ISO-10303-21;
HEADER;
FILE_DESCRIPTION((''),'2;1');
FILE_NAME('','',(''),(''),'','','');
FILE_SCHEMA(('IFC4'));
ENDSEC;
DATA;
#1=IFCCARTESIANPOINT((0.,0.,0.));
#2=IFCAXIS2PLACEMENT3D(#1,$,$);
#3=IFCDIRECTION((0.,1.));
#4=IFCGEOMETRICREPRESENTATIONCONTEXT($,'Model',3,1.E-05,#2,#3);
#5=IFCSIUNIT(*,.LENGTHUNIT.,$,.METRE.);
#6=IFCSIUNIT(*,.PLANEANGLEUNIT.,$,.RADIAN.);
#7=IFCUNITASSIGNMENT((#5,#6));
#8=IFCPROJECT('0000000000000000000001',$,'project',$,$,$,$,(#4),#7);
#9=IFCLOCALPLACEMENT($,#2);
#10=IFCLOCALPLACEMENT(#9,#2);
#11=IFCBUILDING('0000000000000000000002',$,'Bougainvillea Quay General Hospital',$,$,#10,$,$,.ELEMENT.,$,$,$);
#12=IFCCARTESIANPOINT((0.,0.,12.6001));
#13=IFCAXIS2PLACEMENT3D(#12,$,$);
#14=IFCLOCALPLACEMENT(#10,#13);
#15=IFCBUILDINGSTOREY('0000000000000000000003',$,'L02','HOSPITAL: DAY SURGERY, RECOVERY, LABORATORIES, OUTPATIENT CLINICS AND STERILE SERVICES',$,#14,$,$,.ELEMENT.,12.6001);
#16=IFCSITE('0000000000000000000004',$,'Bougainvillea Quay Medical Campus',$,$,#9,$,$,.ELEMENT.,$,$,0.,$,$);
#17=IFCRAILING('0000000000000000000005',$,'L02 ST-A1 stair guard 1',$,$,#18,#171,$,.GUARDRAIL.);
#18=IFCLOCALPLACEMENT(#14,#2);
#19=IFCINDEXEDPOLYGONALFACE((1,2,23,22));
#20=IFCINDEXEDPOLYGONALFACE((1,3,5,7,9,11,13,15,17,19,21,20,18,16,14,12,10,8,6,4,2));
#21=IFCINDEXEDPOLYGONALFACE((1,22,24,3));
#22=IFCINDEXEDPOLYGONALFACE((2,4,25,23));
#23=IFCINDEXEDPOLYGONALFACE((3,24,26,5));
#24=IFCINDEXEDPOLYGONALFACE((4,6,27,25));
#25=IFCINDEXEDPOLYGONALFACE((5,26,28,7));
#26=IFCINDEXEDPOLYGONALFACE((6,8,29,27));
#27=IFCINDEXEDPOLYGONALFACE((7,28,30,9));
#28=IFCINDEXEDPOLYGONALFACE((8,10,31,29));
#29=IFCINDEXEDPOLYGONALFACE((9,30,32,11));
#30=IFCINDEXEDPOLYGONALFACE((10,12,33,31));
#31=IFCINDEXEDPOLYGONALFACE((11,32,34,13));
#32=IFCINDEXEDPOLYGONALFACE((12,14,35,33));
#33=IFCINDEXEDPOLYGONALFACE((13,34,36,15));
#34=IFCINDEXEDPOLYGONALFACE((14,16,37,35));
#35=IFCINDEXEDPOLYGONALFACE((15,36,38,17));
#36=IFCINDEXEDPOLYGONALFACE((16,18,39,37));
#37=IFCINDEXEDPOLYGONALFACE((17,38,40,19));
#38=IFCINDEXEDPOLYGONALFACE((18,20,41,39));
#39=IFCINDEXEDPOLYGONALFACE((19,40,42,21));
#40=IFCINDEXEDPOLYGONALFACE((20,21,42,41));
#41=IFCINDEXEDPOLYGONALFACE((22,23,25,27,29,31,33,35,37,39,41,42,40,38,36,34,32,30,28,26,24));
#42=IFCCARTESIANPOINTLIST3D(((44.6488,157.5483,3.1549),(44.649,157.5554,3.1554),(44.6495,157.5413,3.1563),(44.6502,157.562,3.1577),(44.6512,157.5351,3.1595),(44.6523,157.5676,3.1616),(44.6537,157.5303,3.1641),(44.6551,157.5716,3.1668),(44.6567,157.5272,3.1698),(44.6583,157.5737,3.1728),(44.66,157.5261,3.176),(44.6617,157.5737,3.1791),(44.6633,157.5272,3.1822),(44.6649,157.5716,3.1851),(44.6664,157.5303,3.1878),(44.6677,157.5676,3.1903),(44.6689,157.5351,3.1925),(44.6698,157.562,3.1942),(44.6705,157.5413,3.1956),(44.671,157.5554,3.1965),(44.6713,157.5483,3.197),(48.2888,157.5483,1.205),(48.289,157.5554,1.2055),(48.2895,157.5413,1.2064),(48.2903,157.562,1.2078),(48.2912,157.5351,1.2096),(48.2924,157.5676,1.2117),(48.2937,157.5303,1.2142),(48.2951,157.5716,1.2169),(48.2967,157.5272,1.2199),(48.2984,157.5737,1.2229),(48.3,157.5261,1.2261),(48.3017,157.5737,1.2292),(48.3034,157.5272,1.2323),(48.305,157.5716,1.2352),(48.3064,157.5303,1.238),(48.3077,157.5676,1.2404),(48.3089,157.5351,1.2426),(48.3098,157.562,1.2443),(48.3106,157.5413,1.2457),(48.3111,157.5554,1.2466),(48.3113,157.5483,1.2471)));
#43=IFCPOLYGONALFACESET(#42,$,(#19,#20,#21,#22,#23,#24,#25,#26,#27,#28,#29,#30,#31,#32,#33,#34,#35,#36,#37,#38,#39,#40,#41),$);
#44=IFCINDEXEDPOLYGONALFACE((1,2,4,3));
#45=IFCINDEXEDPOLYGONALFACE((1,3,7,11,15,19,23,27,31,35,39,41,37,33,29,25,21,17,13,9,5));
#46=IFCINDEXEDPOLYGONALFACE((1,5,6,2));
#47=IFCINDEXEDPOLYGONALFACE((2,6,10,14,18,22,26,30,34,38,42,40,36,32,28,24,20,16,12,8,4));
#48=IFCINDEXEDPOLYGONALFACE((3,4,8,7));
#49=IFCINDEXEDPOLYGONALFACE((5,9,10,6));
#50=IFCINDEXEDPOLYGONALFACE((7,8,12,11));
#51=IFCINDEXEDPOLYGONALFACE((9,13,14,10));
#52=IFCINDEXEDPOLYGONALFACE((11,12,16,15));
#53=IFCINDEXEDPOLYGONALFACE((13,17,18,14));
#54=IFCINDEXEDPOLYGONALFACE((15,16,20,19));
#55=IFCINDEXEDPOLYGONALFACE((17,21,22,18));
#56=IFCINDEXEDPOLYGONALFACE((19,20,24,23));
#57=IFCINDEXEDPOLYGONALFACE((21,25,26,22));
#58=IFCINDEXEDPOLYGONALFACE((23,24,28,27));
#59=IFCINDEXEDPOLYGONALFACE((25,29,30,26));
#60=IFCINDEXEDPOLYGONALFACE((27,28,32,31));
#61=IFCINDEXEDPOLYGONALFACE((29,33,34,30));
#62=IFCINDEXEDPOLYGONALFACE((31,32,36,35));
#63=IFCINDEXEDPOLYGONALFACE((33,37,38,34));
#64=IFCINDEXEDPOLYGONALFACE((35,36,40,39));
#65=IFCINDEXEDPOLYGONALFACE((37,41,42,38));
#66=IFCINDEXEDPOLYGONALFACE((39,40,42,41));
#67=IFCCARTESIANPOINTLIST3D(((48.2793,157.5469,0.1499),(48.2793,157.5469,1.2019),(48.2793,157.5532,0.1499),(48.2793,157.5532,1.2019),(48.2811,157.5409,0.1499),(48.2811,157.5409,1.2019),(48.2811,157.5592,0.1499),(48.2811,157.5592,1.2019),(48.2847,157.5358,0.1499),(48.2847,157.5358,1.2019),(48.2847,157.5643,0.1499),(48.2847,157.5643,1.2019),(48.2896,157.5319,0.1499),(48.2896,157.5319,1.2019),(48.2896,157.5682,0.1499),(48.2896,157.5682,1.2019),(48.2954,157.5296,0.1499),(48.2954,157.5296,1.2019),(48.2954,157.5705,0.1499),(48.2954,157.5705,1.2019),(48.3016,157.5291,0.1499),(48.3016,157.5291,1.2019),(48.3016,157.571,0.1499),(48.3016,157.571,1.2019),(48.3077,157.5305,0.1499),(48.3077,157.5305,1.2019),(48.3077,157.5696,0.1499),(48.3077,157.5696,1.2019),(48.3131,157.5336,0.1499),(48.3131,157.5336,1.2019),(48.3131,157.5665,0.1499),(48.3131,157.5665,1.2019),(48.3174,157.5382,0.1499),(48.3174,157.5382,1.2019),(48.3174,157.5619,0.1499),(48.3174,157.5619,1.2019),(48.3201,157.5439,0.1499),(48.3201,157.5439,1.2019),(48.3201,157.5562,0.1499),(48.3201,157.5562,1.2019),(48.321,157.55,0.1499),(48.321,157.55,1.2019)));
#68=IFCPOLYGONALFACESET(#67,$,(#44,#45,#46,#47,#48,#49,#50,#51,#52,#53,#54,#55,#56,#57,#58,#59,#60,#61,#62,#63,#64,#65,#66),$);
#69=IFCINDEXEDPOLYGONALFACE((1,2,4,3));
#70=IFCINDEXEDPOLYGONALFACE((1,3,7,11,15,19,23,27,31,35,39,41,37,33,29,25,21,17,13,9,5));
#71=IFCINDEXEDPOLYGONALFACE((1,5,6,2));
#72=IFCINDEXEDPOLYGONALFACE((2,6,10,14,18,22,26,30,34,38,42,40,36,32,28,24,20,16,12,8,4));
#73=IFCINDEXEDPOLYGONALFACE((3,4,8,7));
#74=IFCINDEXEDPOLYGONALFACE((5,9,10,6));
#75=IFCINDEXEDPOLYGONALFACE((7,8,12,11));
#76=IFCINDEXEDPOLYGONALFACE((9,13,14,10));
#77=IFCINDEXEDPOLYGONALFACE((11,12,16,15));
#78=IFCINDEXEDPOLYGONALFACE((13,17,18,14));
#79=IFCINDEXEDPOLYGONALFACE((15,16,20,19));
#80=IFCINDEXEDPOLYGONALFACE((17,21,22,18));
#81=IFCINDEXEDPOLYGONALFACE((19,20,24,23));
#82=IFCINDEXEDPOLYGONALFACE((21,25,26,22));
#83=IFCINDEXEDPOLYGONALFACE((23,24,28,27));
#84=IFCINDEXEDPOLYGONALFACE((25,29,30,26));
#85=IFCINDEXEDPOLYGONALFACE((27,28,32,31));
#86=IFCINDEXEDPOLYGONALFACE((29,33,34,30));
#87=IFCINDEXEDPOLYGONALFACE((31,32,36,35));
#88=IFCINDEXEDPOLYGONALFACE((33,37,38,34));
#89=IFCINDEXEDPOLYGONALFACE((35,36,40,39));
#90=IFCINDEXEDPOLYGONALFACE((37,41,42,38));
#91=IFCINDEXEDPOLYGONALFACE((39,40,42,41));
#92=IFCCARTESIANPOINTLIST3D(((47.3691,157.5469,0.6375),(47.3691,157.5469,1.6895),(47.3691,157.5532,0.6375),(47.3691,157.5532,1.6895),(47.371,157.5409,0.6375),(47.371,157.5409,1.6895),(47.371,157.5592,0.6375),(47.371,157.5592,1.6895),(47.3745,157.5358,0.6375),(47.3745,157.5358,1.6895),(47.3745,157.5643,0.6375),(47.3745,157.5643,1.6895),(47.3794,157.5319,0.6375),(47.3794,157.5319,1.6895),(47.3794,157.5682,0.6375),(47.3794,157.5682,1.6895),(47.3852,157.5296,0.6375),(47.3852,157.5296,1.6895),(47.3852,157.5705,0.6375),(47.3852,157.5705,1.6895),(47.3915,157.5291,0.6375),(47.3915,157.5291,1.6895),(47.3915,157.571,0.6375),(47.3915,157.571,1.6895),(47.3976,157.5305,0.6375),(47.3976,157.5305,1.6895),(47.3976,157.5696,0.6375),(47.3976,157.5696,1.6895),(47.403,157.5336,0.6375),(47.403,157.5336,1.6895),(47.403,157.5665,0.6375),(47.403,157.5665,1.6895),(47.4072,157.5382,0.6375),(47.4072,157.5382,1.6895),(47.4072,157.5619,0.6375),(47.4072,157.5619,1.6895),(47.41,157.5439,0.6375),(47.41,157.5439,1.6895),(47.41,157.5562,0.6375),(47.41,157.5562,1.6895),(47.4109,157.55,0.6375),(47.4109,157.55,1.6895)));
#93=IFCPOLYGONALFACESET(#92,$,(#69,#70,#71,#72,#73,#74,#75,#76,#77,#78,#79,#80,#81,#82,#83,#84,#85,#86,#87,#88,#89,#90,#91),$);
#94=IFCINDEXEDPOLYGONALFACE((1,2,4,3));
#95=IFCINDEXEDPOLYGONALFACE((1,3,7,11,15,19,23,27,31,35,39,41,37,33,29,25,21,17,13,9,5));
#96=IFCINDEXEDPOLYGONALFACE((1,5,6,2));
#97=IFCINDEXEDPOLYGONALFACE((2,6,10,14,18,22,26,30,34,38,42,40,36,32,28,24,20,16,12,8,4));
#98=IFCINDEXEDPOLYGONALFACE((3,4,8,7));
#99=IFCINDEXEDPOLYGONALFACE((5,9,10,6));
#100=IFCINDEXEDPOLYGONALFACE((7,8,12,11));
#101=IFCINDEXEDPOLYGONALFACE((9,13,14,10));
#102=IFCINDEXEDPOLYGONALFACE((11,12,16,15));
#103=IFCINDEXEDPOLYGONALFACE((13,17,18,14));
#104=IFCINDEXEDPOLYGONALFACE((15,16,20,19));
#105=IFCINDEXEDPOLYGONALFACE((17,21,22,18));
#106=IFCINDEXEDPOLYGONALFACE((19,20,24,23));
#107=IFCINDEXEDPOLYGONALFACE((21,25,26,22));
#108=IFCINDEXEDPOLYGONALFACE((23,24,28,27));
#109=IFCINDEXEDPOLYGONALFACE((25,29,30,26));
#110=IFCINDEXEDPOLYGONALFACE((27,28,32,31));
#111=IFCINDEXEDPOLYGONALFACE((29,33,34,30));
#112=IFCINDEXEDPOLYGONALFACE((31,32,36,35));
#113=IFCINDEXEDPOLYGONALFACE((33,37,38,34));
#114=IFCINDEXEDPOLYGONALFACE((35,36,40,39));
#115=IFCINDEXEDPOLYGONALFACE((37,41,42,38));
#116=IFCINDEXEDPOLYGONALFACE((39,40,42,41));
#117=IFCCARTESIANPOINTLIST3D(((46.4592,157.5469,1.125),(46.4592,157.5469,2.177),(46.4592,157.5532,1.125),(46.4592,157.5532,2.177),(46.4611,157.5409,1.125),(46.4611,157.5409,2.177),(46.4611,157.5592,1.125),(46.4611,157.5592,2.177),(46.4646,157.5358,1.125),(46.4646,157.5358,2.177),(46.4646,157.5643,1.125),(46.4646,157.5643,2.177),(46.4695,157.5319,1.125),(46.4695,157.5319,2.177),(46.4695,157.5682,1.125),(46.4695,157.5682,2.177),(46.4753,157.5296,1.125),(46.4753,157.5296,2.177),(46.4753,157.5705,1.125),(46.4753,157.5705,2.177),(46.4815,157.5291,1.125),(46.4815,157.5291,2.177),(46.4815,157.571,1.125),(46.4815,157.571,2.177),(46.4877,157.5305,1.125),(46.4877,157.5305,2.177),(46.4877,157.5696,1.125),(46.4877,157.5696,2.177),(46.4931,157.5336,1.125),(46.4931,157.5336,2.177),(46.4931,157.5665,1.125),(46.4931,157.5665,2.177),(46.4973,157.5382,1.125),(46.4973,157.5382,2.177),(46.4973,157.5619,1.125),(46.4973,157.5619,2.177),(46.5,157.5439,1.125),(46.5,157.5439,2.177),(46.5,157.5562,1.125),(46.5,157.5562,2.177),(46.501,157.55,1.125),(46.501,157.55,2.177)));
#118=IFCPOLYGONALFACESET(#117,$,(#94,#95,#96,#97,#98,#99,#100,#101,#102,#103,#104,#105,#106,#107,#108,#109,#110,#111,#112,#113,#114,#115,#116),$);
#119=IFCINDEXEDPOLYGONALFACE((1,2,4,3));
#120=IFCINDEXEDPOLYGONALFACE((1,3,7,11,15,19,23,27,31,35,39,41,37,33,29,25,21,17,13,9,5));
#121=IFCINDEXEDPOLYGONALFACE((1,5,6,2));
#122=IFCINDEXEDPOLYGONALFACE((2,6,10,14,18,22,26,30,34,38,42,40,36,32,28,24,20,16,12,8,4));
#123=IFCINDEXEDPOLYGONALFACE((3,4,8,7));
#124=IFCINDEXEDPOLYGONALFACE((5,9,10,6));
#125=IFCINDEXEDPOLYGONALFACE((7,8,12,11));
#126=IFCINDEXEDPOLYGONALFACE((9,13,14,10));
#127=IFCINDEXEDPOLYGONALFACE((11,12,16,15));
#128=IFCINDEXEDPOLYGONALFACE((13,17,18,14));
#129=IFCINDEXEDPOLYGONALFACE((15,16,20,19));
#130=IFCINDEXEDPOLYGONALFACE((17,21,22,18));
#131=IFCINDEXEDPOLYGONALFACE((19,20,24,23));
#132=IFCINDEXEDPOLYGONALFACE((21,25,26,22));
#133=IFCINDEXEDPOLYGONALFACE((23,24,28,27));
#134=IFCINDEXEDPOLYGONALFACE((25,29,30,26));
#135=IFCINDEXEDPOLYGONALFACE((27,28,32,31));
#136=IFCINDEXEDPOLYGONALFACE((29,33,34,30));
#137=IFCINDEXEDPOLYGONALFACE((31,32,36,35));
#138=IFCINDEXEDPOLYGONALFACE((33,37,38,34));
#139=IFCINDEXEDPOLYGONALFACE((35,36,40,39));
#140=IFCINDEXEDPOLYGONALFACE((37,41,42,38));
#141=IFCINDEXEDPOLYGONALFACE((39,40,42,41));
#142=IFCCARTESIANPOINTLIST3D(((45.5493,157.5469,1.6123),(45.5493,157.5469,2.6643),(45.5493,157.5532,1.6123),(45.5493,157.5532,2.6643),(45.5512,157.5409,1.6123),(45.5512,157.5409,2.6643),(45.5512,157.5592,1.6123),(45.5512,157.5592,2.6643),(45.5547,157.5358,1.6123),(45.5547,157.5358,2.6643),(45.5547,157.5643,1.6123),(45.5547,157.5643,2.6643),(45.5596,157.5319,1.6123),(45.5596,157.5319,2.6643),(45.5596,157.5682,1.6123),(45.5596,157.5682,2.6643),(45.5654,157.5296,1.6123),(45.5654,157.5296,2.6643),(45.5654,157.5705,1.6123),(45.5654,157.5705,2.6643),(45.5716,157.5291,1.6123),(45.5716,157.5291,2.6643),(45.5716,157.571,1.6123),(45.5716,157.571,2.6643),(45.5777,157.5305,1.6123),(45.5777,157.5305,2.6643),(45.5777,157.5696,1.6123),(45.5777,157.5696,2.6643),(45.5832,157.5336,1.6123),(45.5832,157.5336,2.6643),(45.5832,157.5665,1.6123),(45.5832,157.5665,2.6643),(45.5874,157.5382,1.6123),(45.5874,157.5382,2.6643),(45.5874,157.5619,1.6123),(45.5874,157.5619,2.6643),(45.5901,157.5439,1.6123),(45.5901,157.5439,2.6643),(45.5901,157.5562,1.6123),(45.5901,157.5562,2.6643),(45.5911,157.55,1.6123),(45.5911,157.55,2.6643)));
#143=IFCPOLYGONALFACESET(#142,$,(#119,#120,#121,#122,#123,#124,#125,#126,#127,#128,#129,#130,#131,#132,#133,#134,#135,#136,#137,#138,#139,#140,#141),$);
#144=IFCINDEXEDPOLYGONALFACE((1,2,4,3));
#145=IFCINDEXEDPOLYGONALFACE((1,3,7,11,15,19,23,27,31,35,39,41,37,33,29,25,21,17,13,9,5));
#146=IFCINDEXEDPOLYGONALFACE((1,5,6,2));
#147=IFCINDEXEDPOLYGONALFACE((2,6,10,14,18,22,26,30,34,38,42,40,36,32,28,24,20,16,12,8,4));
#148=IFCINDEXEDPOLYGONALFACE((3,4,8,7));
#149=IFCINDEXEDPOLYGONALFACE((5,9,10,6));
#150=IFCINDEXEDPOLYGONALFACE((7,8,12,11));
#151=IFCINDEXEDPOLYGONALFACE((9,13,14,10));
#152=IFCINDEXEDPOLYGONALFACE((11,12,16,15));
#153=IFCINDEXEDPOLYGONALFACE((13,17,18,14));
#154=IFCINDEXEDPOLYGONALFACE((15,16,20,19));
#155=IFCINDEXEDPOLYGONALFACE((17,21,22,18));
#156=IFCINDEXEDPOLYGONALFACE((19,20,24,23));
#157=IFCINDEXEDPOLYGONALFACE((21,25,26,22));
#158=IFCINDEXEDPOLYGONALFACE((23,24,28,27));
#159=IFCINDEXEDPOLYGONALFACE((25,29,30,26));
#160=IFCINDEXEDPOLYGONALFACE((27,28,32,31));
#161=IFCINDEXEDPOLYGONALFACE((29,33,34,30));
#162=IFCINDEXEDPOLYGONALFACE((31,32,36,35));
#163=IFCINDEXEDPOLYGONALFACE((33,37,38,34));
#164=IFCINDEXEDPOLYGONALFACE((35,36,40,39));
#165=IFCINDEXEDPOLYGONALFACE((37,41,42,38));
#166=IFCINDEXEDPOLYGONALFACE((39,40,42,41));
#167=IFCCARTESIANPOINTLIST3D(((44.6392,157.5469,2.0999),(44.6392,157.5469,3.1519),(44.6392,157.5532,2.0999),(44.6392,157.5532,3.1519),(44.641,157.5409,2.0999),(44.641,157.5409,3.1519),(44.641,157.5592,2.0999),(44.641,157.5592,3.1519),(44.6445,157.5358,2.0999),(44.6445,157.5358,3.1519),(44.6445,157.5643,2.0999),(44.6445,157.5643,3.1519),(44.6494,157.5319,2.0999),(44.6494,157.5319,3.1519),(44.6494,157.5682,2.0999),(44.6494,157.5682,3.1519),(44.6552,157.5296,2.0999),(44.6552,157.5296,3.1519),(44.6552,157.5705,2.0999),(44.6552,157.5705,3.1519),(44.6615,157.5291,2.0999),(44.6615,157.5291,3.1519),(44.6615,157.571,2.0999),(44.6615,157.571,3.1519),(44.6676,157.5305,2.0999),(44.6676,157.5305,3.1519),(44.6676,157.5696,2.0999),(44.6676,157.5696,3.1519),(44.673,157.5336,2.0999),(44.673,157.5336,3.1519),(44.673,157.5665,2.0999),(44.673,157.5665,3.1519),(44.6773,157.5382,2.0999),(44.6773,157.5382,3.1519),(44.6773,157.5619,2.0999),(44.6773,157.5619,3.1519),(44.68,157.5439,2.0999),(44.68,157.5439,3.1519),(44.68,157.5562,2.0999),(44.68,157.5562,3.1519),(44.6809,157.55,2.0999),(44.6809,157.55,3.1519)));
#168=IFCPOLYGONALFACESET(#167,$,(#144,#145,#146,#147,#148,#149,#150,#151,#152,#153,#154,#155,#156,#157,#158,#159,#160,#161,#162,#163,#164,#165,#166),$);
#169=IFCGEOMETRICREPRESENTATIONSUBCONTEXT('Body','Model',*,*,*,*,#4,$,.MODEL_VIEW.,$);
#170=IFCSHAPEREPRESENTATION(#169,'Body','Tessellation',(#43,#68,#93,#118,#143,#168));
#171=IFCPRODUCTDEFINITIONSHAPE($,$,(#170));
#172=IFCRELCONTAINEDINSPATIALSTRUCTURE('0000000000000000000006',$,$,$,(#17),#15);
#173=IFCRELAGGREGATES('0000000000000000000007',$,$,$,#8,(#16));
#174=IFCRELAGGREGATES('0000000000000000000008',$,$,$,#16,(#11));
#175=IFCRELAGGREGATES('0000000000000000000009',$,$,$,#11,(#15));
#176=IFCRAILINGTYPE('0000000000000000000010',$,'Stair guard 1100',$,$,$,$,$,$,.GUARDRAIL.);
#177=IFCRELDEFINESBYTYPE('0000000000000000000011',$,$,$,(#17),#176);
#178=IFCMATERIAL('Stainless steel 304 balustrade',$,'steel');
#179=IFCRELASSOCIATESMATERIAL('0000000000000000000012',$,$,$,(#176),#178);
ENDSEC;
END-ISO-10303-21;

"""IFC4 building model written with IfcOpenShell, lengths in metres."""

from ifc_helpers import new_model, si_unit, direction, frame, origin, origin_2d, place, context, subcontext, project, spatial, circle, extrude, material, type_object, element, save


model = new_model("IFC4")

# Units and contexts
model_context = context("Model", 3, precision=1e-05, world=origin(), true_north=direction((0.0, 1.0)))
body_context = subcontext(model_context, "Body", "Model", "MODEL_VIEW")
ifc_project = project(units=[si_unit("LENGTHUNIT", "METRE"), si_unit("PLANEANGLEUNIT", "RADIAN")], contexts=[model_context])

# Site, building, storey
site_placement = place(None, origin())
site = spatial("IfcSite", under=ifc_project, at=site_placement, Name="Bougainvillea Quay Medical Campus", CompositionType="ELEMENT", RefElevation=0.0)
building_placement = place(site_placement, origin())
building = spatial("IfcBuilding", under=site, at=building_placement, Name="Bougainvillea Quay General Hospital", CompositionType="ELEMENT")
storey_placement = place(building_placement, frame((0.0, 0.0, 12.6001)))
storey = spatial("IfcBuildingStorey", under=building, at=storey_placement, Name="L02", Description="HOSPITAL: DAY SURGERY, RECOVERY, LABORATORIES, OUTPATIENT CLINICS AND STERILE SERVICES", CompositionType="ELEMENT", Elevation=12.6001)

# Railing
ifc_material_1 = material(Name="Stainless steel 304 balustrade", Category="steel")
railing_type_1 = type_object("IfcRailingType", Name="Stair guard 1100", PredefinedType="GUARDRAIL", material=ifc_material_1)
railing_1_placement = place(storey_placement, frame((48.3, 157.55, 0.1499)))
element("IfcRailing", 1, at=railing_1_placement, inside=storey, type_object=railing_type_1, Name="L02 ST-A1 stair guard 1", PredefinedType="GUARDRAIL", context=body_context, shape_type="SweptSolid", body=[
    extrude(circle(Radius=0.0239, at=origin_2d()), frame((0.0, 0.0, 1.0762), z_axis=(-0.881492, 0.0, 0.472198), x_axis=(0.0, -1.0, 0.0)), (0.0, 0.0, 1.0), 4.1294),
    extrude(circle(Radius=0.021, at=origin_2d()), origin(), (0.0, 0.0, 1.0), 1.052),
    extrude(circle(Radius=0.021, at=origin_2d()), frame((-0.9102, 0.0, 0.4875)), (0.0, 0.0, 1.0), 1.052),
    extrude(circle(Radius=0.021, at=origin_2d()), frame((-1.8201, 0.0, 0.9751)), (0.0, 0.0, 1.0), 1.052),
    extrude(circle(Radius=0.021, at=origin_2d()), frame((-2.73, 0.0, 1.4624)), (0.0, 0.0, 1.0), 1.052),
    extrude(circle(Radius=0.021, at=origin_2d()), frame((-3.6401, 0.0, 1.95)), (0.0, 0.0, 1.0), 1.052),
])

save(model, "model.ifc")
